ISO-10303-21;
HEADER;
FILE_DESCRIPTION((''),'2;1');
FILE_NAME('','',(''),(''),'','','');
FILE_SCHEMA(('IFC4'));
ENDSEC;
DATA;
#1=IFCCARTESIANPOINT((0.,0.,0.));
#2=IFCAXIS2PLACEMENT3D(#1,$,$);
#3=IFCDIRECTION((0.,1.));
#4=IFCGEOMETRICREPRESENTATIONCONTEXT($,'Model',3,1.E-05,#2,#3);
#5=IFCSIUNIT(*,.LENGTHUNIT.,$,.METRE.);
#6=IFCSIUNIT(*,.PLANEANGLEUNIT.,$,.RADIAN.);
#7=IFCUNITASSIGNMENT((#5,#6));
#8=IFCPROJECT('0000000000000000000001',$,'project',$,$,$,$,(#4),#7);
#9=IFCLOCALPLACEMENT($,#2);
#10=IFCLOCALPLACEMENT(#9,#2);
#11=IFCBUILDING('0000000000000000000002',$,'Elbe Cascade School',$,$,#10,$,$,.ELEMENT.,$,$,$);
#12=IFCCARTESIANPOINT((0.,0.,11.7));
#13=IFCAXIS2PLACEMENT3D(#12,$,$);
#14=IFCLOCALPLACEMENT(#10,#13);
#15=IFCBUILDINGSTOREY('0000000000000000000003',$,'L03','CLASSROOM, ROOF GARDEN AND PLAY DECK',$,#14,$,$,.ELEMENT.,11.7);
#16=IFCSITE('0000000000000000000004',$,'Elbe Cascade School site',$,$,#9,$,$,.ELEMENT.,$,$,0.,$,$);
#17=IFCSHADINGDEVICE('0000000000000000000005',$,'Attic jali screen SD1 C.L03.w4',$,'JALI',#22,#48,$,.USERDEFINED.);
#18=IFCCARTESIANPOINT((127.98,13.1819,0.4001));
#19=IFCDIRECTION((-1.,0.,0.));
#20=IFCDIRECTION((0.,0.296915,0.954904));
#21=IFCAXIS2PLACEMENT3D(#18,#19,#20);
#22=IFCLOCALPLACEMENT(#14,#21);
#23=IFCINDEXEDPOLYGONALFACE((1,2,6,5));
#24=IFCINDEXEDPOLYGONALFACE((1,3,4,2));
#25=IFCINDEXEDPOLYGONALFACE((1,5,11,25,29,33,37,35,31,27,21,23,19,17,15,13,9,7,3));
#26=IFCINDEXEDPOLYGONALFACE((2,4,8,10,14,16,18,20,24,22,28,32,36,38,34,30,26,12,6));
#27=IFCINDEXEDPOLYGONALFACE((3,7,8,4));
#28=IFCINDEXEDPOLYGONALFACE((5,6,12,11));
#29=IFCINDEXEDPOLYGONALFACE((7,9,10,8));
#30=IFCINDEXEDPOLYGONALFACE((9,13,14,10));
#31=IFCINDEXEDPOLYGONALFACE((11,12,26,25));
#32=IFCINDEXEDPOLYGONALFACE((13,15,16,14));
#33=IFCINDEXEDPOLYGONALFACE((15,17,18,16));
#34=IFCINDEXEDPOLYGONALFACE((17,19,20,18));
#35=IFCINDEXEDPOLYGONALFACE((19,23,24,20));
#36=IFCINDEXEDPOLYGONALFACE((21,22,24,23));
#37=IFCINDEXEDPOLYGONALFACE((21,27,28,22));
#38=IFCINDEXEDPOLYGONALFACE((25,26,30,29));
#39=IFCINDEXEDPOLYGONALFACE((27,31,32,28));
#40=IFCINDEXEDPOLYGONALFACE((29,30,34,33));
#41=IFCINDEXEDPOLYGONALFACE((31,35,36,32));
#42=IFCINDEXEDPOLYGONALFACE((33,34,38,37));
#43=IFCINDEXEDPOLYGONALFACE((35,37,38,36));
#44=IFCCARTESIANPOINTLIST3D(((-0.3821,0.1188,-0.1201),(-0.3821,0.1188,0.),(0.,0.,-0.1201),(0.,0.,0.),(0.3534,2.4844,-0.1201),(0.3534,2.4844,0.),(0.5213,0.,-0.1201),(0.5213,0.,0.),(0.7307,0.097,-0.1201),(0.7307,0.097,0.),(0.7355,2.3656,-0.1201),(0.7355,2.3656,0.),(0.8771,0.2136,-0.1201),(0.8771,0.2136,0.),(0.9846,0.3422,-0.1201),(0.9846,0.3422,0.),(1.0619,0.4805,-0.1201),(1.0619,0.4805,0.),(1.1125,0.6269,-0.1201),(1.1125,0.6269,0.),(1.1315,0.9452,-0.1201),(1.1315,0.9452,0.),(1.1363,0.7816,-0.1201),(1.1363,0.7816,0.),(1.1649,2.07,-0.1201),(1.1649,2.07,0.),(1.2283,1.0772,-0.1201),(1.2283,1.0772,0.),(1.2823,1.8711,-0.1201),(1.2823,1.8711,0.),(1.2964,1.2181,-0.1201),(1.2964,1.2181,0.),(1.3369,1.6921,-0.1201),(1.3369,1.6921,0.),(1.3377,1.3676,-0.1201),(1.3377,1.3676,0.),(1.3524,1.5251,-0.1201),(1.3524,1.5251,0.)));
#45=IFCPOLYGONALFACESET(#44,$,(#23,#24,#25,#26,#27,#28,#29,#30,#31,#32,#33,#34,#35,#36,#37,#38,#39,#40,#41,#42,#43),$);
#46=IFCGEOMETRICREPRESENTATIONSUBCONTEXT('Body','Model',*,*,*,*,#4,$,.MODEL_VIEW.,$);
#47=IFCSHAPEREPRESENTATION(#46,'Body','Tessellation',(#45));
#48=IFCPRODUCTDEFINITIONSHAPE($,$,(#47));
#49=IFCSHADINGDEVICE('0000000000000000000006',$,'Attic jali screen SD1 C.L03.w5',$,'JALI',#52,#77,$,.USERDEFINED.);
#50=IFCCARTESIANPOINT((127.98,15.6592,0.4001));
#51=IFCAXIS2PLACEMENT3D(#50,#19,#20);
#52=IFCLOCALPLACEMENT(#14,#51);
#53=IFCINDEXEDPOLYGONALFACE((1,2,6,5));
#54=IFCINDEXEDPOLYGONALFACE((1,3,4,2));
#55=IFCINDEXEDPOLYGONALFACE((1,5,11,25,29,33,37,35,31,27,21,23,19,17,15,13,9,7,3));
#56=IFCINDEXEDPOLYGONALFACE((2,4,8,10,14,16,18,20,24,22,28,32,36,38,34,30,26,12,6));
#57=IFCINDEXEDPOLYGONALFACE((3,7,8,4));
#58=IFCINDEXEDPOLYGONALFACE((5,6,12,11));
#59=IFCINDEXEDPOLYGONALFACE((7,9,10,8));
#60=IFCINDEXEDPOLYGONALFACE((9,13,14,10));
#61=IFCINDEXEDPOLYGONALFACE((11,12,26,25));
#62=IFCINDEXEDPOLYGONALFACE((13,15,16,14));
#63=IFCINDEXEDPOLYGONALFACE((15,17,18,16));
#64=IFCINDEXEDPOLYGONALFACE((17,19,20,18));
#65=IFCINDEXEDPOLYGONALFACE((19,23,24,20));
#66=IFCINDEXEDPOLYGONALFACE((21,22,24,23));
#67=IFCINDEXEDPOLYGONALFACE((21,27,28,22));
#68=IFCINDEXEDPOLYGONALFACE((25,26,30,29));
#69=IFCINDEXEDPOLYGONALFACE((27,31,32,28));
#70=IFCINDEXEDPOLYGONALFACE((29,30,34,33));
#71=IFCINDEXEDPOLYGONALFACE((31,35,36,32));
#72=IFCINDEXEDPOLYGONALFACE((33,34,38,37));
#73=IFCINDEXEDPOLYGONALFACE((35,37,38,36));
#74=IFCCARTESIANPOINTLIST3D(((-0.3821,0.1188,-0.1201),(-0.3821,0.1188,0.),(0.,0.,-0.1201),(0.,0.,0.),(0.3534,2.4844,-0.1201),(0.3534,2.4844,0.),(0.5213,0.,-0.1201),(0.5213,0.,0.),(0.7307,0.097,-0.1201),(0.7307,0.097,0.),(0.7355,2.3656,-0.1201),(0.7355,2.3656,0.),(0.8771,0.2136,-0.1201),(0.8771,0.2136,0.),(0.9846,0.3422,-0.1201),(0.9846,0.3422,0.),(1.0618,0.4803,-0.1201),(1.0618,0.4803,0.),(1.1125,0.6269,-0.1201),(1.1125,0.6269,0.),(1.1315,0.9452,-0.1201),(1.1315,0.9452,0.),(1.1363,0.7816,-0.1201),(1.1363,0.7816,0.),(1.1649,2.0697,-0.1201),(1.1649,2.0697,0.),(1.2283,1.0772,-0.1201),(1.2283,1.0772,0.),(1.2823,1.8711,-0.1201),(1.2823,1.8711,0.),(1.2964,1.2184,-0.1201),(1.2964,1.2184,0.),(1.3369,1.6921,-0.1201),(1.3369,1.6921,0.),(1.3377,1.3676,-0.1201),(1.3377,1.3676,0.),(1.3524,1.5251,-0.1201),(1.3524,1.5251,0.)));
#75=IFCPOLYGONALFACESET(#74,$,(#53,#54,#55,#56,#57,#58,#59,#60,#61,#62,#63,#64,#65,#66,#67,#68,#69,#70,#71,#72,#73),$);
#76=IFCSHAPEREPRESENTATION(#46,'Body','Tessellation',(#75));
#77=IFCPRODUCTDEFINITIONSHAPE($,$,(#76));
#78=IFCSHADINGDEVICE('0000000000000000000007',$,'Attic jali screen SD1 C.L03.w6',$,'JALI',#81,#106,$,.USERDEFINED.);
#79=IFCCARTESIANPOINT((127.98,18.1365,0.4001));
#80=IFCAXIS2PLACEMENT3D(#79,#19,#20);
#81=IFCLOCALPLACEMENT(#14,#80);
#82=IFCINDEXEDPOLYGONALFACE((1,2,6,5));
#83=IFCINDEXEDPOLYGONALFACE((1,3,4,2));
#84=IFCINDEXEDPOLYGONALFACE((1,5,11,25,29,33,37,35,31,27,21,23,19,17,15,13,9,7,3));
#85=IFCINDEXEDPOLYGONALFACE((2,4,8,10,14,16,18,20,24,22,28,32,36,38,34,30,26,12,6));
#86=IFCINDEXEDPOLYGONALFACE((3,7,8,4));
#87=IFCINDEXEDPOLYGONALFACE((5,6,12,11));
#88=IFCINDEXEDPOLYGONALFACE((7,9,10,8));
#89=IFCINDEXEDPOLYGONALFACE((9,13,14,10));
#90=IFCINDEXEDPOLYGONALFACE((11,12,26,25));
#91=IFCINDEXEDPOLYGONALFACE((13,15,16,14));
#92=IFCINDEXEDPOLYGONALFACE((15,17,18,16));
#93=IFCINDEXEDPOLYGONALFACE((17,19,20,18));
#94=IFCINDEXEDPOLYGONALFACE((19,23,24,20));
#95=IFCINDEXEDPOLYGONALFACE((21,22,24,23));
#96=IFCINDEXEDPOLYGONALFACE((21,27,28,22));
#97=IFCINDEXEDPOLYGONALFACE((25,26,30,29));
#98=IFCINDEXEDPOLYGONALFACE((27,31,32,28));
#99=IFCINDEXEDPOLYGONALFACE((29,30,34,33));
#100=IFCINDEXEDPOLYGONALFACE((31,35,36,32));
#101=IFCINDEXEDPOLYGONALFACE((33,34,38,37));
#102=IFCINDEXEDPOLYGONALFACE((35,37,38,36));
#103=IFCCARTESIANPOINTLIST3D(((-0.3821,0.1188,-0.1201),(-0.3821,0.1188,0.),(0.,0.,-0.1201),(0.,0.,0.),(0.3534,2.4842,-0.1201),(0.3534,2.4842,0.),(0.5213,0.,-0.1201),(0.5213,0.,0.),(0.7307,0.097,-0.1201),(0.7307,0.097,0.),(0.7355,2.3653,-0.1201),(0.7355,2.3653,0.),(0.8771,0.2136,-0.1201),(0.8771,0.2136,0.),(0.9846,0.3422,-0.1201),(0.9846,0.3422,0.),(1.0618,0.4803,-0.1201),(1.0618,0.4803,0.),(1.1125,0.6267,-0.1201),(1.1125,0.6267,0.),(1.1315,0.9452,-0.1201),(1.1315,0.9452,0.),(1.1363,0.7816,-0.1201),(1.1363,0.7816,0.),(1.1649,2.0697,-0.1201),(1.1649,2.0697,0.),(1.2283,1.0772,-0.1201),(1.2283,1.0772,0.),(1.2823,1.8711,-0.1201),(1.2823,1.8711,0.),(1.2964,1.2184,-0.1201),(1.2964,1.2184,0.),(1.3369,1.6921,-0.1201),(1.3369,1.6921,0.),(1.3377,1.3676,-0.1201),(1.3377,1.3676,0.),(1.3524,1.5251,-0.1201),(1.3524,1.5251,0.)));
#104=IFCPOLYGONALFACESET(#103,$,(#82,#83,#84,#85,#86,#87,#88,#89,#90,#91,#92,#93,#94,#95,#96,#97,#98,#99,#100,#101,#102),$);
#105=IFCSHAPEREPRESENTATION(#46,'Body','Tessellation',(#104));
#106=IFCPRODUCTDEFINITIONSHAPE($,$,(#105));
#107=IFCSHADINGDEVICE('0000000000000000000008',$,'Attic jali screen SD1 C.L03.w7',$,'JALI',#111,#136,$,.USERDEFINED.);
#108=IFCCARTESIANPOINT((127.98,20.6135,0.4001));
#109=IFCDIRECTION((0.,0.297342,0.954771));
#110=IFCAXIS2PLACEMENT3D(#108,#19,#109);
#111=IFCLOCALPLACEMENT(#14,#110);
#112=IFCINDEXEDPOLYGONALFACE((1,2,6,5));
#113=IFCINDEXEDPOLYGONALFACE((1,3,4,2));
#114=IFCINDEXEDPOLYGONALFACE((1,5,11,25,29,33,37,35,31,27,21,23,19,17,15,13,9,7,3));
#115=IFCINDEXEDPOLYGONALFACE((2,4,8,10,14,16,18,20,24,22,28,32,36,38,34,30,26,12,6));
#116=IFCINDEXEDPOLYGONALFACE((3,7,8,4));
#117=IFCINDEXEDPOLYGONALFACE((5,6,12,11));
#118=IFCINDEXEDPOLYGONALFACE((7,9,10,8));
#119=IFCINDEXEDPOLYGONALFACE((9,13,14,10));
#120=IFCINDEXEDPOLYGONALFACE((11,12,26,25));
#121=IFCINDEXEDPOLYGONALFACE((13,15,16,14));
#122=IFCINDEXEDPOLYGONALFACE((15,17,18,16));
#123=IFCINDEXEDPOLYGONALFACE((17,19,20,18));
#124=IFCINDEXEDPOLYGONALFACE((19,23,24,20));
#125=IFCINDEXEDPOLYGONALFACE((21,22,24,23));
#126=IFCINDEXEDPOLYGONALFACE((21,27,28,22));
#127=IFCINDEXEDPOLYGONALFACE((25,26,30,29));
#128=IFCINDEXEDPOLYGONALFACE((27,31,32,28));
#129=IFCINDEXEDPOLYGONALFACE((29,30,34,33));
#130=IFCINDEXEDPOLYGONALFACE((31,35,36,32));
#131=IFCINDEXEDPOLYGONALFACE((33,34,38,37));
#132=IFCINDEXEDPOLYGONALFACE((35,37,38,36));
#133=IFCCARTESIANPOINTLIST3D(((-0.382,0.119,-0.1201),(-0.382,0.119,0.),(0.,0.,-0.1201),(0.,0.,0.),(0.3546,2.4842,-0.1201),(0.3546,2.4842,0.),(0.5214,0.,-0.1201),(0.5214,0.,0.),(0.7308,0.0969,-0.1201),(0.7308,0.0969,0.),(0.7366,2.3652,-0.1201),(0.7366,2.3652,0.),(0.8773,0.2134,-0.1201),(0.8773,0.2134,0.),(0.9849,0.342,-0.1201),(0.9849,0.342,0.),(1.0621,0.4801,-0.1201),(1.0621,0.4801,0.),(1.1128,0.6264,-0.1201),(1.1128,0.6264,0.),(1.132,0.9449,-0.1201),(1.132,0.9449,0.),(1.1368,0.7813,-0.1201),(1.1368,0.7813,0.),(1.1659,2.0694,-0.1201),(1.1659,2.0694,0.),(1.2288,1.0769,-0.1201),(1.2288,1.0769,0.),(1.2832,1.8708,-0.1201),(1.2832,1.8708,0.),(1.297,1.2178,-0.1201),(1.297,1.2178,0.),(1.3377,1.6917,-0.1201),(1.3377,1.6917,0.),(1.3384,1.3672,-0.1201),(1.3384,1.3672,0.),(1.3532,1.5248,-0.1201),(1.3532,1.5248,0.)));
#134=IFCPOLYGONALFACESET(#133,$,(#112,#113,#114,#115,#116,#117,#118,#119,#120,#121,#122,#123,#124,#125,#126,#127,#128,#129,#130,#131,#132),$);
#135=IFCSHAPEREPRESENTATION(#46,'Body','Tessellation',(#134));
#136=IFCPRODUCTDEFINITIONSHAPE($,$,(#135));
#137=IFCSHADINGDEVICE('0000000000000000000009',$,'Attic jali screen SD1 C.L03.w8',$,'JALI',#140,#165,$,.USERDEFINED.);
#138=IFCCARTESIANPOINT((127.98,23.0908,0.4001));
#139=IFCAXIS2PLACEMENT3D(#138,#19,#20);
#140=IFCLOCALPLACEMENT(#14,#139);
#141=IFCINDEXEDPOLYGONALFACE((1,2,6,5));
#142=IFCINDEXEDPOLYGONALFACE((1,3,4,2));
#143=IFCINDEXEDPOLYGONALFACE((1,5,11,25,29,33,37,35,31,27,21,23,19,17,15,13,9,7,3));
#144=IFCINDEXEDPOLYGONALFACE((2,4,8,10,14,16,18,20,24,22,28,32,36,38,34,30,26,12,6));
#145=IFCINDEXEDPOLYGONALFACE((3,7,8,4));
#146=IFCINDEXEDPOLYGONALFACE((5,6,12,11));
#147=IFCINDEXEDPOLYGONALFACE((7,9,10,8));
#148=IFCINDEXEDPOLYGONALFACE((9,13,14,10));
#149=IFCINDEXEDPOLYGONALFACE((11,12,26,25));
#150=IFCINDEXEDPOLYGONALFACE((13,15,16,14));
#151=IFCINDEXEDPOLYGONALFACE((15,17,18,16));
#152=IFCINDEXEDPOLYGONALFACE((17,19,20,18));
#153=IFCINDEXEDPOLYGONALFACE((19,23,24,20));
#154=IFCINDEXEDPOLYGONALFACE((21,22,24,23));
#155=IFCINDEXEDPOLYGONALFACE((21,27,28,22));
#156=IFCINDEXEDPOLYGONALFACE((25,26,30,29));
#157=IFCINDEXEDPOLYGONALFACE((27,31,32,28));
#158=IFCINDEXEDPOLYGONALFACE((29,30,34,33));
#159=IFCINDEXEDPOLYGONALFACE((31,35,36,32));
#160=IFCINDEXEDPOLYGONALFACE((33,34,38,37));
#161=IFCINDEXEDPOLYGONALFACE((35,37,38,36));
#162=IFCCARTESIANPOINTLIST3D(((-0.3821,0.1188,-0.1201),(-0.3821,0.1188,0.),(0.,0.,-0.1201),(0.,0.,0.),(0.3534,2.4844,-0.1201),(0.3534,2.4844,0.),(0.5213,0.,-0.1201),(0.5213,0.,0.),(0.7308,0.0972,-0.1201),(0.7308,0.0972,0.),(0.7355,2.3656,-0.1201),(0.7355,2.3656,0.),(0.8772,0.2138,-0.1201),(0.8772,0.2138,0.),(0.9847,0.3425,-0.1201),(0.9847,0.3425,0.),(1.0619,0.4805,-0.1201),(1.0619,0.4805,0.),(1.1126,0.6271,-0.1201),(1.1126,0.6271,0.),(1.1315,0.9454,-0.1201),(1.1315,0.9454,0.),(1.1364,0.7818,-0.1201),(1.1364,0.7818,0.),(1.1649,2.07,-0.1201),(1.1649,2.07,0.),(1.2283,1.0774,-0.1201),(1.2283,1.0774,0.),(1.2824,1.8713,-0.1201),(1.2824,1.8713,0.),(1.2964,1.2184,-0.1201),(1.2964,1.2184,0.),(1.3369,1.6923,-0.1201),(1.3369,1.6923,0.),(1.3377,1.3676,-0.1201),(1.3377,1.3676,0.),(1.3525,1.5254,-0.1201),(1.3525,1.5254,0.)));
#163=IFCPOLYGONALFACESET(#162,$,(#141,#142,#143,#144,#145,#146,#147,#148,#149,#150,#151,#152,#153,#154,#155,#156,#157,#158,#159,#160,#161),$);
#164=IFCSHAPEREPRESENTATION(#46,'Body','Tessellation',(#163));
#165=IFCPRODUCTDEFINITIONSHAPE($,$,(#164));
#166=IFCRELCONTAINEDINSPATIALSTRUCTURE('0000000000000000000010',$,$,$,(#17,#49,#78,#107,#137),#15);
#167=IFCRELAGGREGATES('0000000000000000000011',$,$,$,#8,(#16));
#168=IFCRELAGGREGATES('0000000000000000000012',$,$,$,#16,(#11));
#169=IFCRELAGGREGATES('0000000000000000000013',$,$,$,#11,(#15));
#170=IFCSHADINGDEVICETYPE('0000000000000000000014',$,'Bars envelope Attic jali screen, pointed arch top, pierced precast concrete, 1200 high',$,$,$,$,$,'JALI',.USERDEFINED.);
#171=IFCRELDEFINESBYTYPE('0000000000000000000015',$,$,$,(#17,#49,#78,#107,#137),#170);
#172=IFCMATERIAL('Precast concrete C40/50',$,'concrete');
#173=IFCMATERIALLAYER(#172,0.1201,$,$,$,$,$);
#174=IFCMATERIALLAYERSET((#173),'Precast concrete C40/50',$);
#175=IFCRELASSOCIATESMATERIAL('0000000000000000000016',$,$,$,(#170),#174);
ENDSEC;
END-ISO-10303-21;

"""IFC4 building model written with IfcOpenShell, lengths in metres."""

from ifc_helpers import new_model, si_unit, direction, frame, origin, place, context, subcontext, project, spatial, polyline, outline, extrude, material, layer, layer_set, type_object, element, save


model = new_model("IFC4")

# Units and contexts
model_context = context("Model", 3, precision=1e-05, world=origin(), true_north=direction((0.0, 1.0)))
body_context = subcontext(model_context, "Body", "Model", "MODEL_VIEW")
ifc_project = project(units=[si_unit("LENGTHUNIT", "METRE"), si_unit("PLANEANGLEUNIT", "RADIAN")], contexts=[model_context])

# Site, building, storey
site_placement = place(None, origin())
site = spatial("IfcSite", under=ifc_project, at=site_placement, Name="Elbe Cascade School site", CompositionType="ELEMENT", RefElevation=0.0)
building_placement = place(site_placement, origin())
building = spatial("IfcBuilding", under=site, at=building_placement, Name="Elbe Cascade School", CompositionType="ELEMENT")
storey_placement = place(building_placement, frame((0.0, 0.0, 11.7)))
storey = spatial("IfcBuildingStorey", under=building, at=storey_placement, Name="L03", Description="CLASSROOM, ROOF GARDEN AND PLAY DECK", CompositionType="ELEMENT", Elevation=11.7)

# Shading devices
ifc_material_1 = material(Name="Precast concrete C40/50", Category="concrete")
ifc_layer_1 = layer(ifc_material_1, 0.1201)
ifc_layer_set_1 = layer_set([ifc_layer_1], Name="Precast concrete C40/50")
shading_device_type = type_object("IfcShadingDeviceType", Name="Bars envelope Attic jali screen, pointed arch top, pierced precast concrete, 1200 high", ElementType="JALI", PredefinedType="USERDEFINED", material=ifc_layer_set_1)
shading_device_1_placement = place(storey_placement, frame((127.98, 13.1819, 0.4001), z_axis=(-1.0, 0.0, 0.0), x_axis=(0.0, 0.296915, 0.954904)))
element("IfcShadingDevice", 1, at=shading_device_1_placement, inside=storey, type_object=shading_device_type, Name="Attic jali screen SD1 C.L03.w4", ObjectType="JALI", PredefinedType="USERDEFINED", context=body_context, shape_type="SweptSolid", body=[
    extrude(outline(polyline([(0.0, 0.0), (0.5213, 0.0), (0.7307, 0.097), (0.8771, 0.2136), (0.9846, 0.3422), (1.0619, 0.4805), (1.1125, 0.6269), (1.1363, 0.7816), (1.1315, 0.9452), (1.2283, 1.0772), (1.2964, 1.2181), (1.3377, 1.3676), (1.3524, 1.5251), (1.3369, 1.6921), (1.2823, 1.8711), (1.1649, 2.07), (0.7355, 2.3656), (0.3534, 2.4844), (-0.3821, 0.1188), (0.0, 0.0)])), origin(), (0.0, 0.0, -1.0), 0.1201),
])
shading_device_2_placement = place(storey_placement, frame((127.98, 15.6592, 0.4001), z_axis=(-1.0, 0.0, 0.0), x_axis=(0.0, 0.296915, 0.954904)))
element("IfcShadingDevice", 2, at=shading_device_2_placement, inside=storey, type_object=shading_device_type, Name="Attic jali screen SD1 C.L03.w5", ObjectType="JALI", PredefinedType="USERDEFINED", context=body_context, shape_type="SweptSolid", body=[
    extrude(outline(polyline([(0.0, 0.0), (0.5213, 0.0), (0.7307, 0.097), (0.8771, 0.2136), (0.9846, 0.3422), (1.0618, 0.4803), (1.1125, 0.6269), (1.1363, 0.7816), (1.1315, 0.9452), (1.2283, 1.0772), (1.2964, 1.2184), (1.3377, 1.3676), (1.3524, 1.5251), (1.3369, 1.6921), (1.2823, 1.8711), (1.1649, 2.0697), (0.7355, 2.3656), (0.3534, 2.4844), (-0.3821, 0.1188), (0.0, 0.0)])), origin(), (0.0, 0.0, -1.0), 0.1201),
])
shading_device_3_placement = place(storey_placement, frame((127.98, 18.1365, 0.4001), z_axis=(-1.0, 0.0, 0.0), x_axis=(0.0, 0.296915, 0.954904)))
element("IfcShadingDevice", 3, at=shading_device_3_placement, inside=storey, type_object=shading_device_type, Name="Attic jali screen SD1 C.L03.w6", ObjectType="JALI", PredefinedType="USERDEFINED", context=body_context, shape_type="SweptSolid", body=[
    extrude(outline(polyline([(0.0, 0.0), (0.5213, 0.0), (0.7307, 0.097), (0.8771, 0.2136), (0.9846, 0.3422), (1.0618, 0.4803), (1.1125, 0.6267), (1.1363, 0.7816), (1.1315, 0.9452), (1.2283, 1.0772), (1.2964, 1.2184), (1.3377, 1.3676), (1.3524, 1.5251), (1.3369, 1.6921), (1.2823, 1.8711), (1.1649, 2.0697), (0.7355, 2.3653), (0.3534, 2.4842), (-0.3821, 0.1188), (0.0, 0.0)])), origin(), (0.0, 0.0, -1.0), 0.1201),
])
shading_device_4_placement = place(storey_placement, frame((127.98, 20.6135, 0.4001), z_axis=(-1.0, 0.0, 0.0), x_axis=(0.0, 0.297342, 0.954771)))
element("IfcShadingDevice", 4, at=shading_device_4_placement, inside=storey, type_object=shading_device_type, Name="Attic jali screen SD1 C.L03.w7", ObjectType="JALI", PredefinedType="USERDEFINED", context=body_context, shape_type="SweptSolid", body=[
    extrude(outline(polyline([(0.0, 0.0), (0.5214, 0.0), (0.7308, 0.0969), (0.8773, 0.2134), (0.9849, 0.342), (1.0621, 0.4801), (1.1128, 0.6264), (1.1368, 0.7813), (1.132, 0.9449), (1.2288, 1.0769), (1.297, 1.2178), (1.3384, 1.3672), (1.3532, 1.5248), (1.3377, 1.6917), (1.2832, 1.8708), (1.1659, 2.0694), (0.7366, 2.3652), (0.3546, 2.4842), (-0.382, 0.119), (0.0, 0.0)])), origin(), (0.0, 0.0, -1.0), 0.1201),
])
shading_device_5_placement = place(storey_placement, frame((127.98, 23.0908, 0.4001), z_axis=(-1.0, 0.0, 0.0), x_axis=(0.0, 0.296915, 0.954904)))
element("IfcShadingDevice", 5, at=shading_device_5_placement, inside=storey, type_object=shading_device_type, Name="Attic jali screen SD1 C.L03.w8", ObjectType="JALI", PredefinedType="USERDEFINED", context=body_context, shape_type="SweptSolid", body=[
    extrude(outline(polyline([(0.0, 0.0), (0.5213, 0.0), (0.7308, 0.0972), (0.8772, 0.2138), (0.9847, 0.3425), (1.0619, 0.4805), (1.1126, 0.6271), (1.1364, 0.7818), (1.1315, 0.9454), (1.2283, 1.0774), (1.2964, 1.2184), (1.3377, 1.3676), (1.3525, 1.5254), (1.3369, 1.6923), (1.2824, 1.8713), (1.1649, 2.07), (0.7355, 2.3656), (0.3534, 2.4844), (-0.3821, 0.1188), (0.0, 0.0)])), origin(), (0.0, 0.0, -1.0), 0.1201),
])

save(model, "model.ifc")
